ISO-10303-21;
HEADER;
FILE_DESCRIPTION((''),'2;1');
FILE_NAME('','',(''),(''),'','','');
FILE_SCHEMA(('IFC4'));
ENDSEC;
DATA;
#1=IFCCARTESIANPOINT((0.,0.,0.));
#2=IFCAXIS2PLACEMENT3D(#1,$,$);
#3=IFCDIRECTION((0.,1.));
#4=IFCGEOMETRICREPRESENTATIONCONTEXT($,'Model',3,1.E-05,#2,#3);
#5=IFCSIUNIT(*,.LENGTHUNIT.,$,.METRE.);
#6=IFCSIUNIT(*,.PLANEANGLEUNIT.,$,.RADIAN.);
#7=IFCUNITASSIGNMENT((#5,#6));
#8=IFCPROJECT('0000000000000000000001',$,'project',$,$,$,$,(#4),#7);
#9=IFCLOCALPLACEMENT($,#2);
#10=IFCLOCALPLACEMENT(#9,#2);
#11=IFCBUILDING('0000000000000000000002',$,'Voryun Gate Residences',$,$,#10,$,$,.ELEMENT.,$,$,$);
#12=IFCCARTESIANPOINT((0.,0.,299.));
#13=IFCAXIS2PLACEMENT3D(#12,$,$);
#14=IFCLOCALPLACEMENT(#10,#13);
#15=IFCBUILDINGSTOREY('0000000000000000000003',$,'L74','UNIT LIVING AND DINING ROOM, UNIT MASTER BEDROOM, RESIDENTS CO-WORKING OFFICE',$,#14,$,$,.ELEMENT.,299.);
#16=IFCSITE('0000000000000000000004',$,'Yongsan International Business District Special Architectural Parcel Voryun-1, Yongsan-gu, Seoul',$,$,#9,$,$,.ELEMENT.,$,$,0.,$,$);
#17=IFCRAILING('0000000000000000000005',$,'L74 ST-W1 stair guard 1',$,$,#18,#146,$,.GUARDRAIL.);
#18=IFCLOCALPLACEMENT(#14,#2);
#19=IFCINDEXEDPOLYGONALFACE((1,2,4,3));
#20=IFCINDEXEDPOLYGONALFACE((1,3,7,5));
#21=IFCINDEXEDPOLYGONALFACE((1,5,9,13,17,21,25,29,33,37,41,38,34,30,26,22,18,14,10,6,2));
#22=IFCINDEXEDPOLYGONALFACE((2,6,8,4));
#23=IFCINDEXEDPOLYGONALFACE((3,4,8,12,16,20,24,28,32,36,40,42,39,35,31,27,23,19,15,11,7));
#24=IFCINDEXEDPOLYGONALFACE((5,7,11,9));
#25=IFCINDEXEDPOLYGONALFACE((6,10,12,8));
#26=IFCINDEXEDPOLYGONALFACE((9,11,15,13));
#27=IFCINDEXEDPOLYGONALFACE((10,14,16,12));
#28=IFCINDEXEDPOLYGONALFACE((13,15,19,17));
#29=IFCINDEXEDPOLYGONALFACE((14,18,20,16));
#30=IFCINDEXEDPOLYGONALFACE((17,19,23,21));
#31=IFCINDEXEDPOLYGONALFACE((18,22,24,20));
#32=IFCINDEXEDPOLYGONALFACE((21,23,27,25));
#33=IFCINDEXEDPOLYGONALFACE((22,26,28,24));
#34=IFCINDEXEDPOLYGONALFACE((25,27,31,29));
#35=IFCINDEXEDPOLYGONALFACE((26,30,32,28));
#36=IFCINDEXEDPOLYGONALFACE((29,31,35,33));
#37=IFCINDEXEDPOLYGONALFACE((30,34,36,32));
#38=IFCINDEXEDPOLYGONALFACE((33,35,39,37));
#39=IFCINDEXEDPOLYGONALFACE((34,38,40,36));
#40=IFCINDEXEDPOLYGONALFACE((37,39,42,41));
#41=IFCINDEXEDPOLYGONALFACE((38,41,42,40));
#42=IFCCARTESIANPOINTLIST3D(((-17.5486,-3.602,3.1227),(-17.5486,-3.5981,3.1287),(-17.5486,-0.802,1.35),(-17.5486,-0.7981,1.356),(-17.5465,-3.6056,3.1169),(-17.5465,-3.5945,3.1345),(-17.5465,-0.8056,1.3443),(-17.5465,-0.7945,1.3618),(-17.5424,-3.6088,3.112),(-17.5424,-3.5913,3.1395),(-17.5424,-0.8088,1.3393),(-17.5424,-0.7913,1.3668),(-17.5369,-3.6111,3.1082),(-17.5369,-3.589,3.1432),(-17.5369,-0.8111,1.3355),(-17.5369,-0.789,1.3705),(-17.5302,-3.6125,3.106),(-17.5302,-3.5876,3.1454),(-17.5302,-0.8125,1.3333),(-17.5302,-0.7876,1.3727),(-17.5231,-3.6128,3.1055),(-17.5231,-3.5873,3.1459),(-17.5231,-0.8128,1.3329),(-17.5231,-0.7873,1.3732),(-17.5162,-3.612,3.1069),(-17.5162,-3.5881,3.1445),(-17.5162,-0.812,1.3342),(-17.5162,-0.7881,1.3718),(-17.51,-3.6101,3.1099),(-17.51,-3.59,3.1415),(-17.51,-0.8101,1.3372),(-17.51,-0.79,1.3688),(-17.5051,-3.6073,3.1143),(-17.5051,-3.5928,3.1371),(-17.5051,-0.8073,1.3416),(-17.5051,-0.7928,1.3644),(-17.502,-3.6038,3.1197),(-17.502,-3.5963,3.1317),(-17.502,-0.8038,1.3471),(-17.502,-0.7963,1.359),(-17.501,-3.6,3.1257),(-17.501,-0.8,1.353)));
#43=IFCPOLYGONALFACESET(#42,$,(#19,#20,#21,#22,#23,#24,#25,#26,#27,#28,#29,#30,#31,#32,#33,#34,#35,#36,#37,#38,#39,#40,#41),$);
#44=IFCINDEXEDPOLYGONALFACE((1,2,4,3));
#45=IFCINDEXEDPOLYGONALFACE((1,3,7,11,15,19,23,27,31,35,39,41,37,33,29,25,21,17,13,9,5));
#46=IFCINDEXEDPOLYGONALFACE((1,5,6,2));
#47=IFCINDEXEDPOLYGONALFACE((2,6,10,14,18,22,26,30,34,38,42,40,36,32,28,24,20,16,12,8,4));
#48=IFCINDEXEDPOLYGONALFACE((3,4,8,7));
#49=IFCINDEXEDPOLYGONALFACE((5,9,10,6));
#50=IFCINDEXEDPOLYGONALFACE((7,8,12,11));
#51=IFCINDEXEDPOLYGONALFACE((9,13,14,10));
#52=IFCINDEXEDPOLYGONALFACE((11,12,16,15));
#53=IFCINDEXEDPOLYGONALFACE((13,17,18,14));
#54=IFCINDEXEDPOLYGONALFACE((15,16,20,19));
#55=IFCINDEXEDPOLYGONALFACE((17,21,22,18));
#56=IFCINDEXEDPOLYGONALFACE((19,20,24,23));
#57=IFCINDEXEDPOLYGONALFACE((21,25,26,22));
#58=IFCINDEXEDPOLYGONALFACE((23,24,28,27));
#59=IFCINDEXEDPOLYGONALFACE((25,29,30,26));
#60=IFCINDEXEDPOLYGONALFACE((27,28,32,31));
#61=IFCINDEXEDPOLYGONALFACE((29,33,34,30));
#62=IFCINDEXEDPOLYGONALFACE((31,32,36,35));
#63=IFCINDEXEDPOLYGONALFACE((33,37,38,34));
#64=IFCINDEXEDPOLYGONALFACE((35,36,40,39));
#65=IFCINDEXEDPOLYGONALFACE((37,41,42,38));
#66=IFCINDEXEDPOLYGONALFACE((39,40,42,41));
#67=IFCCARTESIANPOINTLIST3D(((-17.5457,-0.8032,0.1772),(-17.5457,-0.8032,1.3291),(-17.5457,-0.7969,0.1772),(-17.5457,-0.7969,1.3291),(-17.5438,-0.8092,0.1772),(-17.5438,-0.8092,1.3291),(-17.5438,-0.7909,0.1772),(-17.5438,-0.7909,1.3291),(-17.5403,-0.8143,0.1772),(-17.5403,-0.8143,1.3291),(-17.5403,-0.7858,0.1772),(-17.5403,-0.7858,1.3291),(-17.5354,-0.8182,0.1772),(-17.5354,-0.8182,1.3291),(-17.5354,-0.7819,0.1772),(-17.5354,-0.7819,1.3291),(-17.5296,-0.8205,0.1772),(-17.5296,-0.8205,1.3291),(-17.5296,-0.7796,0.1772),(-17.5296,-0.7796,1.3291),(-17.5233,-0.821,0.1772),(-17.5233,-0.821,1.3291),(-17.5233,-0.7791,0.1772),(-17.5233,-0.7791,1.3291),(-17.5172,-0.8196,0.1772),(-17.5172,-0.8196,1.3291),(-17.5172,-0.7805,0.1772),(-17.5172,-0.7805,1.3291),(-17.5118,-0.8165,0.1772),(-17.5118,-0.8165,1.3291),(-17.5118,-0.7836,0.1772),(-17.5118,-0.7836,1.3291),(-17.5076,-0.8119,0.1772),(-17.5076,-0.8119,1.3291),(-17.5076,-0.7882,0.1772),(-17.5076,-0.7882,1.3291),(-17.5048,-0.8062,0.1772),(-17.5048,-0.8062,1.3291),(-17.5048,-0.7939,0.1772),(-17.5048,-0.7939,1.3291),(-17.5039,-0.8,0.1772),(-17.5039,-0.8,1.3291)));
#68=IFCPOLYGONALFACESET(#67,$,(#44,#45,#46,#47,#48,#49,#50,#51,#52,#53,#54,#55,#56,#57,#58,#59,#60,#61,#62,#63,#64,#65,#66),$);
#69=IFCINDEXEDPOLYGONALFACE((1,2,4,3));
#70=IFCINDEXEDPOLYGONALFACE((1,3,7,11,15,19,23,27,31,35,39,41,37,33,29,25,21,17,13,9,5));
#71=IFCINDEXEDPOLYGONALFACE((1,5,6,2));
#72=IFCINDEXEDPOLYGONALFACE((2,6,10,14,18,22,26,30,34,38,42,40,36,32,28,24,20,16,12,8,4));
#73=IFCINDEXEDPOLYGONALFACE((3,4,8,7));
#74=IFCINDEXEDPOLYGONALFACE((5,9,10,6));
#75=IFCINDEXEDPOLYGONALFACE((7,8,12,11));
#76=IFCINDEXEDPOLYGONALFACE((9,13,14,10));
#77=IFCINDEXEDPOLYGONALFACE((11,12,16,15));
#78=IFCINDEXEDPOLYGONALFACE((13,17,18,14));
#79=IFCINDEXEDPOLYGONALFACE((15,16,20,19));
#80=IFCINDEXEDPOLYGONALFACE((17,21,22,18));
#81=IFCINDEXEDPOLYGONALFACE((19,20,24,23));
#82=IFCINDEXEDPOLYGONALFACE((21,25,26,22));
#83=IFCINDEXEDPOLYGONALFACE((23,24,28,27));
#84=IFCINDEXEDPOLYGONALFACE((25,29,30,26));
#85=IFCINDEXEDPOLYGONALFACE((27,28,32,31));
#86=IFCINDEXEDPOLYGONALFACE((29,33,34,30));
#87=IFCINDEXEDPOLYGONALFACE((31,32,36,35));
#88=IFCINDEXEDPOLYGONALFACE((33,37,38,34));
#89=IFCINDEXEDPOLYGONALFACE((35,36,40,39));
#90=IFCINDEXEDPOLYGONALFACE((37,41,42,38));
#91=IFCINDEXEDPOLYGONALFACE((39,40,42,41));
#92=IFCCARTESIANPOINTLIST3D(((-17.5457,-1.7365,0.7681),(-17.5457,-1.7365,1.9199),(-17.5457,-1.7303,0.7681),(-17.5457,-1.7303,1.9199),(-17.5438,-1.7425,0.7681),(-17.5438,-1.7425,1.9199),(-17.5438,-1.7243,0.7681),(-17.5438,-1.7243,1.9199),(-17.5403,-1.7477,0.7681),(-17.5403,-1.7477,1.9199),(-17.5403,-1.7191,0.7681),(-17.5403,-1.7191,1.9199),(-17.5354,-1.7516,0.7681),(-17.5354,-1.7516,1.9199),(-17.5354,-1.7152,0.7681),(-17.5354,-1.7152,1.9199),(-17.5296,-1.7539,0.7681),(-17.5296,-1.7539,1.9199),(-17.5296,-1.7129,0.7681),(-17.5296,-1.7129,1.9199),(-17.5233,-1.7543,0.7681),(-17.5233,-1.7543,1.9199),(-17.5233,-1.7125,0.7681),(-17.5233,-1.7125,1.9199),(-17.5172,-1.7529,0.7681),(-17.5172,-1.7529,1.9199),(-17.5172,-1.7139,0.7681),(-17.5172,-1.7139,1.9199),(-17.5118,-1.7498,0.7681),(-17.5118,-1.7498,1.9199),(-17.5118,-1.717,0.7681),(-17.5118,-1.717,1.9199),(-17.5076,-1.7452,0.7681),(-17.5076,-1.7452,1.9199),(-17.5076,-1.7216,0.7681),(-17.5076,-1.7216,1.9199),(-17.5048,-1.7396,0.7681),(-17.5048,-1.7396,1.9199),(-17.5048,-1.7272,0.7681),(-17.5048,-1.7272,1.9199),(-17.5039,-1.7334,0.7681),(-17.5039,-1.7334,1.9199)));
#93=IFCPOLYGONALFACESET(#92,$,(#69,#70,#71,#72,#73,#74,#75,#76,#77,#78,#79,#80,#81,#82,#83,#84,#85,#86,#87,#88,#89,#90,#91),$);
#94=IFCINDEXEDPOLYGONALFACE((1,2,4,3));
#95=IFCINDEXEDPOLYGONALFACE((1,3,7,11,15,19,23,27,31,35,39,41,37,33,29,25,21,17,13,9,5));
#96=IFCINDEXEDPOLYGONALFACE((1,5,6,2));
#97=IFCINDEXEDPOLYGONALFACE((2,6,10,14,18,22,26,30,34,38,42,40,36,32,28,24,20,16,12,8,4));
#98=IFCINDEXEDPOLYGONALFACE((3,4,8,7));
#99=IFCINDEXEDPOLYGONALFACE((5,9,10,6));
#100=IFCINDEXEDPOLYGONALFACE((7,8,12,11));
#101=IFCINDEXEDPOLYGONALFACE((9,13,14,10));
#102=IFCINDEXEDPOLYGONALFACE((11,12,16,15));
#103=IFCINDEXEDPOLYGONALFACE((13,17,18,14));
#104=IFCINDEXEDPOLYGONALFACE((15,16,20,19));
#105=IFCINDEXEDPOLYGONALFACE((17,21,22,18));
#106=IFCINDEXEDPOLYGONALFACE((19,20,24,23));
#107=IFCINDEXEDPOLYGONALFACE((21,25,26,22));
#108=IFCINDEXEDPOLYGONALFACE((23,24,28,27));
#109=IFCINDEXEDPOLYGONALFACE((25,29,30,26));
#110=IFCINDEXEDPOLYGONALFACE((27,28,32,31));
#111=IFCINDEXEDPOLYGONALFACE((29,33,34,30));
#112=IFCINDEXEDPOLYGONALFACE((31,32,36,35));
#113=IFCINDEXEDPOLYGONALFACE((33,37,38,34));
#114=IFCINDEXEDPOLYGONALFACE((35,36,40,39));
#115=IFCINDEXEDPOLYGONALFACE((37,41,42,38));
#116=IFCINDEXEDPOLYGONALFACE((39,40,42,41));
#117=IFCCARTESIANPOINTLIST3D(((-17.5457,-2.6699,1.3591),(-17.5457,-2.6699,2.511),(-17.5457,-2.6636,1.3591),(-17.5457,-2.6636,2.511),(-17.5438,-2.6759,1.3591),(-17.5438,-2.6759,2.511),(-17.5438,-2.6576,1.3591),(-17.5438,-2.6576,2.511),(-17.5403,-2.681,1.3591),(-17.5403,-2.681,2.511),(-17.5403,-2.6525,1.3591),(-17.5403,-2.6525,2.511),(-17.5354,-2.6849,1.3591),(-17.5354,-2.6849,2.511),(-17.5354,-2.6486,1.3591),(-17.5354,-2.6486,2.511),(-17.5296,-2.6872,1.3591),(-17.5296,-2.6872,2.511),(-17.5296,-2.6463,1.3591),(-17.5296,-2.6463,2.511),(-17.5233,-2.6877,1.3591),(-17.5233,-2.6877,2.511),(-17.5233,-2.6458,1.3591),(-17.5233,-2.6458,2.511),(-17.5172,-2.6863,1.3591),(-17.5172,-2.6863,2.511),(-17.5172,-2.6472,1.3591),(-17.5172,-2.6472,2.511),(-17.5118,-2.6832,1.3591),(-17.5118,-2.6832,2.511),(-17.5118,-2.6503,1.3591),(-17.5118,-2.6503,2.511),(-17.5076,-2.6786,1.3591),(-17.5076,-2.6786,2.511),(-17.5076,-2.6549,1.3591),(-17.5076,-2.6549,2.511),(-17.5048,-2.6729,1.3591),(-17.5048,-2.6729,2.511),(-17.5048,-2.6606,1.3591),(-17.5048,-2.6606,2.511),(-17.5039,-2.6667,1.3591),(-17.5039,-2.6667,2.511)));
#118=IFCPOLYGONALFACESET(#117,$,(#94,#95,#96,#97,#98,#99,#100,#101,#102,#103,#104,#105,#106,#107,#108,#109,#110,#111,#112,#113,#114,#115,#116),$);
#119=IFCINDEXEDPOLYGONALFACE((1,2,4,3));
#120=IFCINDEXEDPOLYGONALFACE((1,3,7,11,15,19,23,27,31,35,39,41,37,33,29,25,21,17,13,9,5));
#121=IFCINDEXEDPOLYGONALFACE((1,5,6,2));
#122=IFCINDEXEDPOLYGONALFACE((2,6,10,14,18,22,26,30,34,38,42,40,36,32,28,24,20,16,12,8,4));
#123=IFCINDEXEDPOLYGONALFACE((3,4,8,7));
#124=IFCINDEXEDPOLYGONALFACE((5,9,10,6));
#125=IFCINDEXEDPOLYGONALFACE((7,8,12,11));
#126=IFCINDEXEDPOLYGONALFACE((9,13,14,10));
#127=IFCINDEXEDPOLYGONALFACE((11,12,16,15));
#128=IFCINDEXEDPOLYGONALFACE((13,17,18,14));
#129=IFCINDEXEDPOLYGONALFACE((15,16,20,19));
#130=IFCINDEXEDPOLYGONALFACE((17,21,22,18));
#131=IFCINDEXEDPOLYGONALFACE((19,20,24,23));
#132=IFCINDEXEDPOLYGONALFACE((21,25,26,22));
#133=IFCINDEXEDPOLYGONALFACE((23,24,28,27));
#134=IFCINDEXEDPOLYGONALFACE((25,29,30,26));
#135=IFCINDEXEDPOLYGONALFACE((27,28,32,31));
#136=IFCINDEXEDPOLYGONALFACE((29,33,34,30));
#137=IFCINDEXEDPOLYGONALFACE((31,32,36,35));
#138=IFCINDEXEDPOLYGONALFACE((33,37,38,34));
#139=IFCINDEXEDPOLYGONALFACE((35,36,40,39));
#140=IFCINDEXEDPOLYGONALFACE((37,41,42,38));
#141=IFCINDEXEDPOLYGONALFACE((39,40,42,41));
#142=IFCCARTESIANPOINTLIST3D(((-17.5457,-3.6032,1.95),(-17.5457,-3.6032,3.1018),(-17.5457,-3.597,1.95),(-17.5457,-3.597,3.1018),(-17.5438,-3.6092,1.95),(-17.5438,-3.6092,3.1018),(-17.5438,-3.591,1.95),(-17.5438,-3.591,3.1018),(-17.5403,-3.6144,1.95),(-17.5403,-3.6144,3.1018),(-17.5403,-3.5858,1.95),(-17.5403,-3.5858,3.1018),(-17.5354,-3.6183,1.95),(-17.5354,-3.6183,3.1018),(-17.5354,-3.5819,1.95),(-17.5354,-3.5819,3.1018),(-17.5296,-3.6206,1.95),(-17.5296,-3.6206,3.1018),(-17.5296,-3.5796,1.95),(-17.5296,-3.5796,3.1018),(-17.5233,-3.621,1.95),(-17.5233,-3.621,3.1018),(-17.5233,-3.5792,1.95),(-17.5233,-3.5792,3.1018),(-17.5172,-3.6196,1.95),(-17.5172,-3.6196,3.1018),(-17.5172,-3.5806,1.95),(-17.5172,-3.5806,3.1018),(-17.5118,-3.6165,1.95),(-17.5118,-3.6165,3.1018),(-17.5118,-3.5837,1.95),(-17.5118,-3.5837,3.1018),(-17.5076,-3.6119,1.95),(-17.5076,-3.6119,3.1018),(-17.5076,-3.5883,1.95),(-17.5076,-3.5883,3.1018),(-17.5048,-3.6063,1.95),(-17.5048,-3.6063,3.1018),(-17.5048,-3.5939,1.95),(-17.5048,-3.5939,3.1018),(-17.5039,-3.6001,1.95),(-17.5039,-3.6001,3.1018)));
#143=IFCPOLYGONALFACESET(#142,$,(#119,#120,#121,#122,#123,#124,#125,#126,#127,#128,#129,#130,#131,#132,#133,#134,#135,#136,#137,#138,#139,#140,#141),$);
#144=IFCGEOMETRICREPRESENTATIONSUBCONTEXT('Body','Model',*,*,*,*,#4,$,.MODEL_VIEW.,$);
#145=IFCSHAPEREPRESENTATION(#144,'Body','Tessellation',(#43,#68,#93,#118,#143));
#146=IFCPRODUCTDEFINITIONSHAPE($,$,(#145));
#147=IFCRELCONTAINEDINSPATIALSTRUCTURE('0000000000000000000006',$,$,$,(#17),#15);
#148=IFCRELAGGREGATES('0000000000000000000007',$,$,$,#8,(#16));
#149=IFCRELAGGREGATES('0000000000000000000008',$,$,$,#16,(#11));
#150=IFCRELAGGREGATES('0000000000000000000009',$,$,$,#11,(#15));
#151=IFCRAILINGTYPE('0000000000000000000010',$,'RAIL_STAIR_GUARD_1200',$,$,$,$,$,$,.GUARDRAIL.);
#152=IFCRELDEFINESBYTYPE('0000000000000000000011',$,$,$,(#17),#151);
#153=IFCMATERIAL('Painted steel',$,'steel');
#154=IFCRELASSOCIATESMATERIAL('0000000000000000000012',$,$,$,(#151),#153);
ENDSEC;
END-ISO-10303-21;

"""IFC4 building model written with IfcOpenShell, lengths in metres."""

from ifc_helpers import new_model, si_unit, direction, frame, origin, origin_2d, place, context, subcontext, project, spatial, circle, extrude, material, type_object, element, save


model = new_model("IFC4")

# Units and contexts
model_context = context("Model", 3, precision=1e-05, world=origin(), true_north=direction((0.0, 1.0)))
body_context = subcontext(model_context, "Body", "Model", "MODEL_VIEW")
ifc_project = project(units=[si_unit("LENGTHUNIT", "METRE"), si_unit("PLANEANGLEUNIT", "RADIAN")], contexts=[model_context])

# Site, building, storey
site_placement = place(None, origin())
site = spatial("IfcSite", under=ifc_project, at=site_placement, Name="Yongsan International Business District Special Architectural Parcel Voryun-1, Yongsan-gu, Seoul", CompositionType="ELEMENT", RefElevation=0.0)
building_placement = place(site_placement, origin())
building = spatial("IfcBuilding", under=site, at=building_placement, Name="Voryun Gate Residences", CompositionType="ELEMENT")
storey_placement = place(building_placement, frame((0.0, 0.0, 299.0)))
storey = spatial("IfcBuildingStorey", under=building, at=storey_placement, Name="L74", Description="UNIT LIVING AND DINING ROOM, UNIT MASTER BEDROOM, RESIDENTS CO-WORKING OFFICE", CompositionType="ELEMENT", Elevation=299.0)

# Railing
ifc_material_1 = material(Name="Painted steel", Category="steel")
railing_type_1 = type_object("IfcRailingType", Name="RAIL_STAIR_GUARD_1200", PredefinedType="GUARDRAIL", material=ifc_material_1)
railing_1_placement = place(storey_placement, frame((-17.5249, -0.8, 0.1772)))
element("IfcRailing", 1, at=railing_1_placement, inside=storey, type_object=railing_type_1, Name="L74 ST-W1 stair guard 1", PredefinedType="GUARDRAIL", context=body_context, shape_type="SweptSolid", body=[
    extrude(circle(Radius=0.0239, at=origin_2d()), frame((0.0, 0.0, 1.1758), z_axis=(0.0, -0.844909, 0.53491), x_axis=(1.0, 0.0, 0.0)), (0.0, 0.0, 1.0), 3.314),
    extrude(circle(Radius=0.021, at=origin_2d()), origin(), (0.0, 0.0, 1.0), 1.1519),
    extrude(circle(Radius=0.021, at=origin_2d()), frame((0.0, -0.9333, 0.5908)), (0.0, 0.0, 1.0), 1.1519),
    extrude(circle(Radius=0.021, at=origin_2d()), frame((0.0, -1.8667, 1.1819)), (0.0, 0.0, 1.0), 1.1519),
    extrude(circle(Radius=0.021, at=origin_2d()), frame((0.0, -2.8, 1.7727)), (0.0, 0.0, 1.0), 1.1519),
])

save(model, "model.ifc")
